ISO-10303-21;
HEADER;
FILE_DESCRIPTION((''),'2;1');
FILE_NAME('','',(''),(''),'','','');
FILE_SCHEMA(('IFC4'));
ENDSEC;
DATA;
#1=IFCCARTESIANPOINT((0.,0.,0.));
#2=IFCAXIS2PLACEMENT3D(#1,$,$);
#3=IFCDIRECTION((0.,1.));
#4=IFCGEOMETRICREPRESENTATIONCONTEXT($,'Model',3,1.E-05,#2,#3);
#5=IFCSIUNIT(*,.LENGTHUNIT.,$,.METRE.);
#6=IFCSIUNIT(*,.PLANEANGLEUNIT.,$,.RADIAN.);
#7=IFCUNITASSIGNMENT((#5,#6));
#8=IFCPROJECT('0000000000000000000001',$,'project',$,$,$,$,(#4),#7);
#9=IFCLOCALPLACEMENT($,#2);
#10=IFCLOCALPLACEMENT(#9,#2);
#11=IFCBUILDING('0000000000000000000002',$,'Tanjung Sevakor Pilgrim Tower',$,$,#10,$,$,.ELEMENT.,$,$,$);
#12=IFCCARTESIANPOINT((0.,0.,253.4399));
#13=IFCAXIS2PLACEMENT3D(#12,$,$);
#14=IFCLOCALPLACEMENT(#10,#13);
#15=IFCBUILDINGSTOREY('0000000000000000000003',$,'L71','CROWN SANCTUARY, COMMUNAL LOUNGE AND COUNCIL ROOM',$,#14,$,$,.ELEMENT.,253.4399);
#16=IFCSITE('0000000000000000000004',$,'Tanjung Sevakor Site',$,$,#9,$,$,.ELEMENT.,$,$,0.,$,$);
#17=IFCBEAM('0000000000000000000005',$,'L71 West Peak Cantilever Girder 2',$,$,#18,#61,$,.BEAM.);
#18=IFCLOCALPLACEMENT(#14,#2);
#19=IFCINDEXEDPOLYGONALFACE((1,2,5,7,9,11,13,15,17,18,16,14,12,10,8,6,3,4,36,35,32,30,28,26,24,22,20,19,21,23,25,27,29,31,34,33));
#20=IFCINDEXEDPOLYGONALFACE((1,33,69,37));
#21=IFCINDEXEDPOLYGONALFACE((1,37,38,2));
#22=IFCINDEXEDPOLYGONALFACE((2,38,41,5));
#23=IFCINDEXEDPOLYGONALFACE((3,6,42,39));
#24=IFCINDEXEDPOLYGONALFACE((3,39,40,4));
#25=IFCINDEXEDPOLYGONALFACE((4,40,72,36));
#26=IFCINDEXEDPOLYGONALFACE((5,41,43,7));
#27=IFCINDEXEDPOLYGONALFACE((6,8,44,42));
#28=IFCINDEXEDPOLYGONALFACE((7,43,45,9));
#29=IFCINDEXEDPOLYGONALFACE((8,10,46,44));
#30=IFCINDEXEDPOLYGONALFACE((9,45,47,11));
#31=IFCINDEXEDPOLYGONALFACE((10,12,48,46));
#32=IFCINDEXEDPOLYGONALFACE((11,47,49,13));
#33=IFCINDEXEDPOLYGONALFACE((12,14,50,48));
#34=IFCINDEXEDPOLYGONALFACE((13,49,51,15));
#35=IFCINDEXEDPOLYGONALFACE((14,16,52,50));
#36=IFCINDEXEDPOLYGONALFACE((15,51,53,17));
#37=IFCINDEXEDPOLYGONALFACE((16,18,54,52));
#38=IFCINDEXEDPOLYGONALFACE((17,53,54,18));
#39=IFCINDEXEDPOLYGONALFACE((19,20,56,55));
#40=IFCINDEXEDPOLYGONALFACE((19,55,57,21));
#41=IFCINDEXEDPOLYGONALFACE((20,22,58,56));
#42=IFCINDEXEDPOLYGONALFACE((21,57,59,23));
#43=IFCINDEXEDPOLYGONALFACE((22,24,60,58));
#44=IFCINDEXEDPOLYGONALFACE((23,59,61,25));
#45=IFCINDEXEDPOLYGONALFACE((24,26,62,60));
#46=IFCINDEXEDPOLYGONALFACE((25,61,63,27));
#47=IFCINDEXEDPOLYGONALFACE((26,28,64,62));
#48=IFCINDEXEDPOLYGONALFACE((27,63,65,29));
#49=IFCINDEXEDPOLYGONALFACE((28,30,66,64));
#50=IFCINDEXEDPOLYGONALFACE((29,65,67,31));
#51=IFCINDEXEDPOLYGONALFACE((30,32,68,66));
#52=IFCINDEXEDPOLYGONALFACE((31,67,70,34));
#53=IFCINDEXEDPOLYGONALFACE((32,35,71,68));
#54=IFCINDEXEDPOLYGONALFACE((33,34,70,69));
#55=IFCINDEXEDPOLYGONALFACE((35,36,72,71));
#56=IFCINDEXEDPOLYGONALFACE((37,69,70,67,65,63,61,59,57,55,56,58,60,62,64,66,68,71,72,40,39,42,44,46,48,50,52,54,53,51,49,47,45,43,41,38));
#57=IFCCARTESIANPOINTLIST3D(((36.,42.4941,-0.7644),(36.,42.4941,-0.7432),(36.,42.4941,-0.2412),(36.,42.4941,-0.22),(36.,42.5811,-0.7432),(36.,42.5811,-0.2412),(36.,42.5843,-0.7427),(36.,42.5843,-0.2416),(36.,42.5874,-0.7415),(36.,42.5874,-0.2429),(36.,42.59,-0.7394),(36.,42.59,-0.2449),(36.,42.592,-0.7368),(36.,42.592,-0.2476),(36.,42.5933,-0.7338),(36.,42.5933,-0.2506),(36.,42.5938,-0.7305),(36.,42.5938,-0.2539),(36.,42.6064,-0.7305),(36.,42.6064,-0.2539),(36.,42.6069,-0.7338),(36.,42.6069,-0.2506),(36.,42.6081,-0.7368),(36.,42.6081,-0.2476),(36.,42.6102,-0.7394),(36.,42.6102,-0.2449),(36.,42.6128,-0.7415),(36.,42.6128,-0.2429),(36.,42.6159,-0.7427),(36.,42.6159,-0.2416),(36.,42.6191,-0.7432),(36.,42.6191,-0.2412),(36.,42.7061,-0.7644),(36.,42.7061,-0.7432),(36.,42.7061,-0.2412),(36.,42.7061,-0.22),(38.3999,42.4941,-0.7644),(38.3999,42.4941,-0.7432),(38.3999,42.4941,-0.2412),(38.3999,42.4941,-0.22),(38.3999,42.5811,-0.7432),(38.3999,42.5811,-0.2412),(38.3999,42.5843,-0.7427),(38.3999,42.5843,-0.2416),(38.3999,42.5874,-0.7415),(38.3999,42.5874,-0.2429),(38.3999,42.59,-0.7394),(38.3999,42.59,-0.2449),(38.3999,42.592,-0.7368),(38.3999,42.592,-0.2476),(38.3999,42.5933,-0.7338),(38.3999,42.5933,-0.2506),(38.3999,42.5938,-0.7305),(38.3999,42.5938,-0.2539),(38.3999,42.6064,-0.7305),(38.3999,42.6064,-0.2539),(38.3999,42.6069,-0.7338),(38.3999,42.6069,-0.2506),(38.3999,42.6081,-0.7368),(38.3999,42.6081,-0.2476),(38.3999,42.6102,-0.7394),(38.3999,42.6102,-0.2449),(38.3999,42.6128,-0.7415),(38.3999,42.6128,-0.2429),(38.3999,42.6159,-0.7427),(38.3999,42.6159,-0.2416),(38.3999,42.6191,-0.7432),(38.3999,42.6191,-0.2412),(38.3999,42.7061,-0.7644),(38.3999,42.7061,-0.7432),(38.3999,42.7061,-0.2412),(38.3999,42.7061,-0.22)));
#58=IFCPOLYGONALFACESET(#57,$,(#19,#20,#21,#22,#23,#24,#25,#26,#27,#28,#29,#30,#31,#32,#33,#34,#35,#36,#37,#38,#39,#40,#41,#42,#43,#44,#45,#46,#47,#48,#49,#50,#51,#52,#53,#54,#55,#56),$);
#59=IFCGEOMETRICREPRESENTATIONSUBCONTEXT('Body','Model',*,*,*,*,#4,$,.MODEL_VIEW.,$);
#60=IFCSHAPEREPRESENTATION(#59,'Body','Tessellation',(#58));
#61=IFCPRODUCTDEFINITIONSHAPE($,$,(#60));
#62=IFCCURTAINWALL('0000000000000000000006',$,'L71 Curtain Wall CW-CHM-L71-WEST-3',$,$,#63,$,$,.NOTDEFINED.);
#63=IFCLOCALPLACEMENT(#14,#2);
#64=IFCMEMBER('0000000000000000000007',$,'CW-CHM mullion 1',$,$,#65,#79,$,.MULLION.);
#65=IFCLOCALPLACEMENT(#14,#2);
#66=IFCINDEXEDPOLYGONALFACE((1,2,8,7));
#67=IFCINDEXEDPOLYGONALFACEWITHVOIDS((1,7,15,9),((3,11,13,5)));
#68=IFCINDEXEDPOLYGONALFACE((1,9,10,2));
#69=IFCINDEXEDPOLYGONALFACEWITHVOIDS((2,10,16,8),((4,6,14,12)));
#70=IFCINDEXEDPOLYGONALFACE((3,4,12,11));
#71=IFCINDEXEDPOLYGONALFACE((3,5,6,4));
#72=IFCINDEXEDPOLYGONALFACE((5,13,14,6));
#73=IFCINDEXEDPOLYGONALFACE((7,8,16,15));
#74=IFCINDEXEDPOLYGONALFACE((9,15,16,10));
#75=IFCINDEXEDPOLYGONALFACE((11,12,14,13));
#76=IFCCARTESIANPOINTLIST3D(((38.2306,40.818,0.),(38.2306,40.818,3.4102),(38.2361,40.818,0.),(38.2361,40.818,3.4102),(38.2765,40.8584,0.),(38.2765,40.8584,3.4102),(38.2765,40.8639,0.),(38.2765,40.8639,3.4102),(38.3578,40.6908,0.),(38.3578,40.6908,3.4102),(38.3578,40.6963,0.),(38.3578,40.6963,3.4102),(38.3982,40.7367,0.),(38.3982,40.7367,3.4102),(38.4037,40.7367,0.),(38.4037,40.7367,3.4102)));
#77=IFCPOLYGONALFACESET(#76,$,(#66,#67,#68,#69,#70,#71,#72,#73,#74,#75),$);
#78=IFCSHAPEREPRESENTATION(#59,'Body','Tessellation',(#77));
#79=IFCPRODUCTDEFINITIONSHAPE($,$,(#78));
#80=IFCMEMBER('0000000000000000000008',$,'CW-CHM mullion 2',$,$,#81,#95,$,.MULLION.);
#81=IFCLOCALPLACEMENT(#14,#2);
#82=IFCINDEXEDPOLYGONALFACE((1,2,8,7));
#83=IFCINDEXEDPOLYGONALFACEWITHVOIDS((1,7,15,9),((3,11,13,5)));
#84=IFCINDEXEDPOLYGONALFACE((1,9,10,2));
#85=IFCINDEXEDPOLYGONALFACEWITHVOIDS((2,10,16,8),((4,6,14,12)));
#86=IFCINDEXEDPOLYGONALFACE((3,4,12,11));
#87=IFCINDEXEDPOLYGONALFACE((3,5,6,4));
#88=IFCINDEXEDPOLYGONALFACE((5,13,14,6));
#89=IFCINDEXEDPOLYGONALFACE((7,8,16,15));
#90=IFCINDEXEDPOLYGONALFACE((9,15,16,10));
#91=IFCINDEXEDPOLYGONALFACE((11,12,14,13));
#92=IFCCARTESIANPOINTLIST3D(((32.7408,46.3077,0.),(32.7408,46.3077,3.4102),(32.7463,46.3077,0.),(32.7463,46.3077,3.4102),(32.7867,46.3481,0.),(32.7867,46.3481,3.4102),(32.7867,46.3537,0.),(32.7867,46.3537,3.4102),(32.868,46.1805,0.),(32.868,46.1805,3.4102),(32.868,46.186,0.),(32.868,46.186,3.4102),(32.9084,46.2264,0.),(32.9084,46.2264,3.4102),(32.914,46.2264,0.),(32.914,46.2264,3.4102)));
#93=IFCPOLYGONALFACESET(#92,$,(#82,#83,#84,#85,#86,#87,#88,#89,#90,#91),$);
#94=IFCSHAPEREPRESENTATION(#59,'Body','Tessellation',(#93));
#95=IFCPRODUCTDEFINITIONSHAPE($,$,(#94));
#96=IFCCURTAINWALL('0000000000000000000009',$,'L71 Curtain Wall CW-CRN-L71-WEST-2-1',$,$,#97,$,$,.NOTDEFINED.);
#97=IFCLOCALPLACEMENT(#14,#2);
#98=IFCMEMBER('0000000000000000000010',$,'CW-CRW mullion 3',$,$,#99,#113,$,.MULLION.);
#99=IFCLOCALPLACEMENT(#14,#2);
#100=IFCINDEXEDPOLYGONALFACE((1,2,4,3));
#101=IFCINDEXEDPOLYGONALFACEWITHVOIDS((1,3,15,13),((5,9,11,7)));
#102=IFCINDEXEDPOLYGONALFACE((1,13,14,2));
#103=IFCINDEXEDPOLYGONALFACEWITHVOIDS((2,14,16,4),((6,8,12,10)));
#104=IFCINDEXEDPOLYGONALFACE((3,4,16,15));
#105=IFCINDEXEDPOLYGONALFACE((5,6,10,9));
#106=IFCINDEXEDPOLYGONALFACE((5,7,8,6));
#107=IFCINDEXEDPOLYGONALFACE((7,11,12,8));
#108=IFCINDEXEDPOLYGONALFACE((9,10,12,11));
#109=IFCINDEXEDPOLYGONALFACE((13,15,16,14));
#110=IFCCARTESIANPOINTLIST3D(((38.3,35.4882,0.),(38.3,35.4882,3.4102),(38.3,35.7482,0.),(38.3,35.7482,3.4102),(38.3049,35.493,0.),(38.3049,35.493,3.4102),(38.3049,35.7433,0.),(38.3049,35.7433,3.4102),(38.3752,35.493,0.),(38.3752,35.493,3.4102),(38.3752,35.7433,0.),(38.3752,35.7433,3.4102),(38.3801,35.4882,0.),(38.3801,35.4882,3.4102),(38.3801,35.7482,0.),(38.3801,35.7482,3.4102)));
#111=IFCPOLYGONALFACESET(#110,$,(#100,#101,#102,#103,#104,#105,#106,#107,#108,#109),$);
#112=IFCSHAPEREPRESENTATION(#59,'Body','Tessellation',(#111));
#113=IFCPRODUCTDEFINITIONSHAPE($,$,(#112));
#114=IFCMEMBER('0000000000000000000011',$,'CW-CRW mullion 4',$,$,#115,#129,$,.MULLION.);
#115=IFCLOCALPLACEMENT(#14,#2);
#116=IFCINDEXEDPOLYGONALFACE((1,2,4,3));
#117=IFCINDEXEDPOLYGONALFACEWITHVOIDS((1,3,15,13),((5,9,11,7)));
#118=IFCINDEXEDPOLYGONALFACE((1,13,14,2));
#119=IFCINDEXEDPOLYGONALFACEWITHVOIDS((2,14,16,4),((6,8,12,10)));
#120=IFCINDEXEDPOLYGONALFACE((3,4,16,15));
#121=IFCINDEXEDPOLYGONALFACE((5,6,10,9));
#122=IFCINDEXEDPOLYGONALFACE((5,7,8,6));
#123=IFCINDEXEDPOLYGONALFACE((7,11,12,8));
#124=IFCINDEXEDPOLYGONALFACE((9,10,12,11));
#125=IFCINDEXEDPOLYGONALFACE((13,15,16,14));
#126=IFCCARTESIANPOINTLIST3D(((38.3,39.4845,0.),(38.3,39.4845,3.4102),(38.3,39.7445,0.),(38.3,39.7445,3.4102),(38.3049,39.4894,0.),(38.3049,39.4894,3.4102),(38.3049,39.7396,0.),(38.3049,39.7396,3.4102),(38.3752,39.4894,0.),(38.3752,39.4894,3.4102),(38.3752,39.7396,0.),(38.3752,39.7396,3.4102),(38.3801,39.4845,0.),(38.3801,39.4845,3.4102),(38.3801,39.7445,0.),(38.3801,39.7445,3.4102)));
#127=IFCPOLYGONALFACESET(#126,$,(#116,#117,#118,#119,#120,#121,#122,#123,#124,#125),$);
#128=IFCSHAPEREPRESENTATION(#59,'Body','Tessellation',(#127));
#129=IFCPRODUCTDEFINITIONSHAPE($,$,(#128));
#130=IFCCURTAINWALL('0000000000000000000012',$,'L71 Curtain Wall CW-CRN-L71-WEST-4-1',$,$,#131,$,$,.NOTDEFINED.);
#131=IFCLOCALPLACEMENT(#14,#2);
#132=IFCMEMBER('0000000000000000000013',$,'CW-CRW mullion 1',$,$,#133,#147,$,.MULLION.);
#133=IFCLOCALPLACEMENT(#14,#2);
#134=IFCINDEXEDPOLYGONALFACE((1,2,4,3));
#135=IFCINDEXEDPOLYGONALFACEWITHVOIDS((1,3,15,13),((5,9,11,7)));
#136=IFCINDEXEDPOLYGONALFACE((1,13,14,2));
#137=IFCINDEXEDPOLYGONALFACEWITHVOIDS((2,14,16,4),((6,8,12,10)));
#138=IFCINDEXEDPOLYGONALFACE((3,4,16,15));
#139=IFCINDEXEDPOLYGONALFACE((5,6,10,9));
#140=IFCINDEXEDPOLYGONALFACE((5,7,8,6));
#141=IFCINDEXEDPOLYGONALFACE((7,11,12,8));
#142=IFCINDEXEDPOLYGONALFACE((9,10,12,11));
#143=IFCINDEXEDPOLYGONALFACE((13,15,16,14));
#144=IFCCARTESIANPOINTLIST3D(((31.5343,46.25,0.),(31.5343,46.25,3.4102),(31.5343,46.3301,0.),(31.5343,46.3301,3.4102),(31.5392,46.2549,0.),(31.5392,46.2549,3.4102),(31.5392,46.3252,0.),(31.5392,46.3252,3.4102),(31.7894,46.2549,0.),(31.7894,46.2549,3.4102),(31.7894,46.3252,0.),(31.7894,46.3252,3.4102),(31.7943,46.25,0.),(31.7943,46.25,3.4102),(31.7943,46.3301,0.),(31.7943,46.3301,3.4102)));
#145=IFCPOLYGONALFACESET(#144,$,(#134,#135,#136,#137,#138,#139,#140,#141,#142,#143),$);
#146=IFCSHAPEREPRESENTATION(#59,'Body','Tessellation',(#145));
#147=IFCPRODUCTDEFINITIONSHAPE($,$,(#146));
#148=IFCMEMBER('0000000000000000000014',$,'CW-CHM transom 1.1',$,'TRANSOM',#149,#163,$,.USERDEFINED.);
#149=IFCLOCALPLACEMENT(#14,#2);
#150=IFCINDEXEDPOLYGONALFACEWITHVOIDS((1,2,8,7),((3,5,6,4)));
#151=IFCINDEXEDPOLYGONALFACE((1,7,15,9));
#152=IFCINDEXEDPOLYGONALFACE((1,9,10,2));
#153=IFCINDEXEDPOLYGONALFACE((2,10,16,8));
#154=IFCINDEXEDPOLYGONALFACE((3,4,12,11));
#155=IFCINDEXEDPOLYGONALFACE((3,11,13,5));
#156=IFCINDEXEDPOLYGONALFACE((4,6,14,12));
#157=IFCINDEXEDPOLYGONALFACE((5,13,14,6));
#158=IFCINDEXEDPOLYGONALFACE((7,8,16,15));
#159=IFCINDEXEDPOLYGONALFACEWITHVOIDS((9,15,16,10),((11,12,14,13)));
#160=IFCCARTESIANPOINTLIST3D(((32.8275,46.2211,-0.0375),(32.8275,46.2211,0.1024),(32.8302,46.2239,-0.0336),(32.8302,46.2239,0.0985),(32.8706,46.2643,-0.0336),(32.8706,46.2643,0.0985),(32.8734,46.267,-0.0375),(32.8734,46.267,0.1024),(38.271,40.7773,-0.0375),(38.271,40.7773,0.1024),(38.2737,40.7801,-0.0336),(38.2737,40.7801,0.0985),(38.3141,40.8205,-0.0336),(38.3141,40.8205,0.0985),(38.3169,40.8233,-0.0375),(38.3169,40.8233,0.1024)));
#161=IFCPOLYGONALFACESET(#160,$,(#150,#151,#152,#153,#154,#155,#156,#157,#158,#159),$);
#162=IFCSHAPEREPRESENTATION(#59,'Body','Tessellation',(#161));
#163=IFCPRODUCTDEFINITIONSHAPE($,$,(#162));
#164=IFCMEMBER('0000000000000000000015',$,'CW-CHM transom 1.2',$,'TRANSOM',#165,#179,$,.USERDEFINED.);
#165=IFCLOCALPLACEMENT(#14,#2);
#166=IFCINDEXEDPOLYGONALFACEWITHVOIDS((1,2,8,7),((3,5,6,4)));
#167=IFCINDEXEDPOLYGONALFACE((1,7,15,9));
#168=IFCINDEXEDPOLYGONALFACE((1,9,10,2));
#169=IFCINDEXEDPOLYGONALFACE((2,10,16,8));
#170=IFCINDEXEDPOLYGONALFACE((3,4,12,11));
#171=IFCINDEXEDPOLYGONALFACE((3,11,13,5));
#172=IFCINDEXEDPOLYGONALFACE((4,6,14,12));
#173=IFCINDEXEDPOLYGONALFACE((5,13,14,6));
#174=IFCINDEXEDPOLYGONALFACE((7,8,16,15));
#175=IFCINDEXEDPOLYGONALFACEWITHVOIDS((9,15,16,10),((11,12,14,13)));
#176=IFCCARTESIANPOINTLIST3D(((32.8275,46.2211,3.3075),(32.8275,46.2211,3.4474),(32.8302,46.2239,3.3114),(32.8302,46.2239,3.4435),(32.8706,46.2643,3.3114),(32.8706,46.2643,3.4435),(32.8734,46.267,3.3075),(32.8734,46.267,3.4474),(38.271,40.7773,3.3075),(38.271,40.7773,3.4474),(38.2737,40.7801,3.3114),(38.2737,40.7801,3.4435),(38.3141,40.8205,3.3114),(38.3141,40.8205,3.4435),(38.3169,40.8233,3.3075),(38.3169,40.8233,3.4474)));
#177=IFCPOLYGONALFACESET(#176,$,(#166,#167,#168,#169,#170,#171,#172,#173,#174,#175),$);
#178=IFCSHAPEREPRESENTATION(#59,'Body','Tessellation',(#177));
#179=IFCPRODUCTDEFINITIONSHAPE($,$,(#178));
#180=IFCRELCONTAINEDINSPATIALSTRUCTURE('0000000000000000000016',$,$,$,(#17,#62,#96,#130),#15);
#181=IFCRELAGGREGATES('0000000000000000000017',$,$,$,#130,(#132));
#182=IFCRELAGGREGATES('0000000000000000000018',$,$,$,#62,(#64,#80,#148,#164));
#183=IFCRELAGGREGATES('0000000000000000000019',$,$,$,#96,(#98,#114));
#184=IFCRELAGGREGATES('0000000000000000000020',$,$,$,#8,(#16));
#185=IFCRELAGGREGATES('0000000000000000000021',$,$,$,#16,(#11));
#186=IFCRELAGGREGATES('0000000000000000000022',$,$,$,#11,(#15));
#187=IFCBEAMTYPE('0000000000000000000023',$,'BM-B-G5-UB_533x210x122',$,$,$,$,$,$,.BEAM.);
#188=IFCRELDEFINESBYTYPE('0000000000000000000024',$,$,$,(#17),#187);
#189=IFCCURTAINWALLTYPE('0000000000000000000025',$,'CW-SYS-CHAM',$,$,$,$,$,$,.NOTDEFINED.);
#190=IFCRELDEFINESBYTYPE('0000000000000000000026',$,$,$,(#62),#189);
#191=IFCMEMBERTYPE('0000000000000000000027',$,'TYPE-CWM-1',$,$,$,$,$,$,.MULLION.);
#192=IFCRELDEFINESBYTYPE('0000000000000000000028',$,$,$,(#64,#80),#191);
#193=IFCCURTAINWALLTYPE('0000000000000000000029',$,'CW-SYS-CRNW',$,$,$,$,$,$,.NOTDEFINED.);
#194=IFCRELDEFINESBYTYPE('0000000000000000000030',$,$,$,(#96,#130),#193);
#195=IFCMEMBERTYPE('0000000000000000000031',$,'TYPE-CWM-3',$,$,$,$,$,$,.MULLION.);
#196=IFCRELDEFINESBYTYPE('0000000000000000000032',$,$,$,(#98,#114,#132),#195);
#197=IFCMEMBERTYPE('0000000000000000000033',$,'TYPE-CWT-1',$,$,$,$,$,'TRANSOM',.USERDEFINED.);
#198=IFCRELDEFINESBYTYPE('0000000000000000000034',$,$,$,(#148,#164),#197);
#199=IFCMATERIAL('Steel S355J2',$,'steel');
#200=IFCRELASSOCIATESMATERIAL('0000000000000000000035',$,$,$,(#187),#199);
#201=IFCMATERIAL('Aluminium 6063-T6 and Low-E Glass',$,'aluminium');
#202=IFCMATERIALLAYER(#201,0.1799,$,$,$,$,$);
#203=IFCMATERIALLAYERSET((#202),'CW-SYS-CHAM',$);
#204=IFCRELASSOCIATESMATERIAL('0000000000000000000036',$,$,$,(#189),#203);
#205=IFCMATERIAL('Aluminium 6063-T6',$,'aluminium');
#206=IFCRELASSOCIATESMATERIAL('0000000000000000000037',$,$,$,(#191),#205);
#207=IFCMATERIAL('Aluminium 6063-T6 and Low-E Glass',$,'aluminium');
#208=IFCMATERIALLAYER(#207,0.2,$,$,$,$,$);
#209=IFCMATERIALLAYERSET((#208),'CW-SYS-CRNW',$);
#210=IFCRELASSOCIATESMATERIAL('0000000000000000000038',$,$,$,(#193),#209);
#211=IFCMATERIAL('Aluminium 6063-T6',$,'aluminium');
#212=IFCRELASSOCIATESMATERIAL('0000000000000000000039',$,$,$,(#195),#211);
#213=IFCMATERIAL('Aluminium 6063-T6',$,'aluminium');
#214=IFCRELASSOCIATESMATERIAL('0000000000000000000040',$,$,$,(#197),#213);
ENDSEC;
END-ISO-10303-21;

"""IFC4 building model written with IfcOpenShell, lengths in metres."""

from ifc_helpers import new_model, si_unit, direction, frame, origin, origin_2d, place, context, subcontext, project, spatial, hollow_rectangle, i_section, extrude, material, layer, layer_set, material_profile, profile_set, type_object, element, aggregate, save


model = new_model("IFC4")

# Units and contexts
model_context = context("Model", 3, precision=1e-05, world=origin(), true_north=direction((0.0, 1.0)))
body_context = subcontext(model_context, "Body", "Model", "MODEL_VIEW")
ifc_project = project(units=[si_unit("LENGTHUNIT", "METRE"), si_unit("PLANEANGLEUNIT", "RADIAN")], contexts=[model_context])

# Site, building, storey
site_placement = place(None, origin())
site = spatial("IfcSite", under=ifc_project, at=site_placement, Name="Tanjung Sevakor Site", CompositionType="ELEMENT", RefElevation=0.0)
building_placement = place(site_placement, origin())
building = spatial("IfcBuilding", under=site, at=building_placement, Name="Tanjung Sevakor Pilgrim Tower", CompositionType="ELEMENT")
storey_placement = place(building_placement, frame((0.0, 0.0, 253.4399)))
storey = spatial("IfcBuildingStorey", under=building, at=storey_placement, Name="L71", Description="CROWN SANCTUARY, COMMUNAL LOUNGE AND COUNCIL ROOM", CompositionType="ELEMENT", Elevation=253.4399)

# Beam
ifc_material_1 = material(Name="Steel S355J2", Category="steel")
ifc_material_profile_1 = material_profile(ifc_material_1, i_section(OverallWidth=0.2119, OverallDepth=0.5444, WebThickness=0.0127, FlangeThickness=0.0212, FilletRadius=0.0127, at=origin_2d()))
ifc_profile_set_1 = profile_set([ifc_material_profile_1], Name="Steel S355J2")
beam_type = type_object("IfcBeamType", Name="BM-B-G5-UB_533x210x122", PredefinedType="BEAM", material=ifc_profile_set_1)
beam_placement = place(storey_placement, frame((36.0, 42.6001, -0.4922), z_axis=(1.0, 0.0, 0.0), x_axis=(0.0, 1.0, 0.0)))
element("IfcBeam", 1, at=beam_placement, inside=storey, type_object=beam_type, Name="L71 West Peak Cantilever Girder 2", PredefinedType="BEAM", context=body_context, shape_type="SweptSolid", body=[
    extrude(i_section(OverallWidth=0.2119, OverallDepth=0.5444, WebThickness=0.0127, FlangeThickness=0.0212, FilletRadius=0.0127, at=origin_2d()), origin(), (0.0, 0.0, 1.0), 2.3999),
])

# Curtain walls, members
ifc_material_2 = material(Name="Aluminium 6063-T6 and Low-E Glass", Category="aluminium")
ifc_layer_1 = layer(ifc_material_2, 0.1799)
ifc_layer_set_1 = layer_set([ifc_layer_1], Name="CW-SYS-CHAM")
curtain_wall_type_1 = type_object("IfcCurtainWallType", Name="CW-SYS-CHAM", PredefinedType="NOTDEFINED", material=ifc_layer_set_1)
curtain_wall_1_placement = place(storey_placement, origin())
curtain_wall_1 = element("IfcCurtainWall", 2, at=curtain_wall_1_placement, inside=storey, type_object=curtain_wall_type_1, Name="L71 Curtain Wall CW-CHM-L71-WEST-3", PredefinedType="NOTDEFINED")
ifc_material_3 = material(Name="Aluminium 6063-T6", Category="aluminium")
ifc_material_profile_2 = material_profile(ifc_material_3, hollow_rectangle(XDim=0.0649, YDim=0.1799, WallThickness=0.0039, at=origin_2d()))
ifc_profile_set_2 = profile_set([ifc_material_profile_2], Name="Aluminium 6063-T6")
member_type_1 = type_object("IfcMemberType", Name="TYPE-CWM-1", PredefinedType="MULLION", material=ifc_profile_set_2)
member_1_placement = place(storey_placement, frame((38.3171, 40.7773, 0.0), z_axis=(0.0, 0.0, 1.0), x_axis=(-0.707107, -0.707107, 0.0)))
member_1 = element("IfcMember", 3, at=member_1_placement, type_object=member_type_1, Name="CW-CHM mullion 1", PredefinedType="MULLION", context=body_context, shape_type="SweptSolid", body=[
    extrude(hollow_rectangle(XDim=0.0649, YDim=0.1799, WallThickness=0.0039, at=origin_2d()), origin(), (0.0, 0.0, 1.0), 3.4102),
])
member_2_placement = place(storey_placement, frame((32.8274, 46.2671, 0.0), z_axis=(0.0, 0.0, 1.0), x_axis=(-0.707107, -0.707107, 0.0)))
member_2 = element("IfcMember", 4, at=member_2_placement, type_object=member_type_1, Name="CW-CHM mullion 2", PredefinedType="MULLION", context=body_context, shape_type="SweptSolid", body=[
    extrude(hollow_rectangle(XDim=0.0649, YDim=0.1799, WallThickness=0.0039, at=origin_2d()), origin(), (0.0, 0.0, 1.0), 3.4102),
])
ifc_material_4 = material(Name="Aluminium 6063-T6 and Low-E Glass", Category="aluminium")
ifc_layer_2 = layer(ifc_material_4, 0.2)
ifc_layer_set_2 = layer_set([ifc_layer_2], Name="CW-SYS-CRNW")
curtain_wall_type_2 = type_object("IfcCurtainWallType", Name="CW-SYS-CRNW", PredefinedType="NOTDEFINED", material=ifc_layer_set_2)
curtain_wall_2_placement = place(storey_placement, origin())
curtain_wall_2 = element("IfcCurtainWall", 5, at=curtain_wall_2_placement, inside=storey, type_object=curtain_wall_type_2, Name="L71 Curtain Wall CW-CRN-L71-WEST-2-1", PredefinedType="NOTDEFINED")
ifc_material_5 = material(Name="Aluminium 6063-T6", Category="aluminium")
ifc_material_profile_3 = material_profile(ifc_material_5, hollow_rectangle(XDim=0.0801, YDim=0.26, WallThickness=0.0049, at=origin_2d()))
ifc_profile_set_3 = profile_set([ifc_material_profile_3], Name="Aluminium 6063-T6")
member_type_2 = type_object("IfcMemberType", Name="TYPE-CWM-3", PredefinedType="MULLION", material=ifc_profile_set_3)
member_3_placement = place(storey_placement, frame((38.3401, 35.6182, 0.0), z_axis=(0.0, 0.0, 1.0), x_axis=(-1.0, 0.0, 0.0)))
member_3 = element("IfcMember", 6, at=member_3_placement, type_object=member_type_2, Name="CW-CRW mullion 3", PredefinedType="MULLION", context=body_context, shape_type="SweptSolid", body=[
    extrude(hollow_rectangle(XDim=0.0801, YDim=0.26, WallThickness=0.0049, at=origin_2d()), origin(), (0.0, 0.0, 1.0), 3.4102),
])
member_4_placement = place(storey_placement, frame((38.3401, 39.6145, 0.0), z_axis=(0.0, 0.0, 1.0), x_axis=(-1.0, 0.0, 0.0)))
member_4 = element("IfcMember", 7, at=member_4_placement, type_object=member_type_2, Name="CW-CRW mullion 4", PredefinedType="MULLION", context=body_context, shape_type="SweptSolid", body=[
    extrude(hollow_rectangle(XDim=0.0801, YDim=0.26, WallThickness=0.0049, at=origin_2d()), origin(), (0.0, 0.0, 1.0), 3.4102),
])

# Curtain wall, member
curtain_wall_3_placement = place(storey_placement, origin())
curtain_wall_3 = element("IfcCurtainWall", 8, at=curtain_wall_3_placement, inside=storey, type_object=curtain_wall_type_2, Name="L71 Curtain Wall CW-CRN-L71-WEST-4-1", PredefinedType="NOTDEFINED")
member_5_placement = place(storey_placement, frame((31.6643, 46.29, 0.0), z_axis=(0.0, 0.0, 1.0), x_axis=(0.0, -1.0, 0.0)))
member_5 = element("IfcMember", 9, at=member_5_placement, type_object=member_type_2, Name="CW-CRW mullion 1", PredefinedType="MULLION", context=body_context, shape_type="SweptSolid", body=[
    extrude(hollow_rectangle(XDim=0.0801, YDim=0.26, WallThickness=0.0049, at=origin_2d()), origin(), (0.0, 0.0, 1.0), 3.4102),
])

# Members
ifc_material_6 = material(Name="Aluminium 6063-T6", Category="aluminium")
ifc_material_profile_4 = material_profile(ifc_material_6, hollow_rectangle(XDim=0.0649, YDim=0.1399, WallThickness=0.0039, at=origin_2d()))
ifc_profile_set_4 = profile_set([ifc_material_profile_4], Name="Aluminium 6063-T6")
member_type_3 = type_object("IfcMemberType", Name="TYPE-CWT-1", ElementType="TRANSOM", PredefinedType="USERDEFINED", material=ifc_profile_set_4)
member_6_placement = place(storey_placement, frame((38.2939, 40.8003, 0.0325), z_axis=(-0.707091, 0.707123, 0.0), x_axis=(-0.707123, -0.707091, 0.0)))
member_6 = element("IfcMember", 10, at=member_6_placement, type_object=member_type_3, Name="CW-CHM transom 1.1", ObjectType="TRANSOM", PredefinedType="USERDEFINED", context=body_context, shape_type="SweptSolid", body=[
    extrude(hollow_rectangle(XDim=0.0649, YDim=0.1399, WallThickness=0.0039, at=origin_2d()), origin(), (0.0, 0.0, 1.0), 7.6985),
])
member_7_placement = place(storey_placement, frame((38.2939, 40.8003, 3.3774), z_axis=(-0.707091, 0.707123, 0.0), x_axis=(-0.707123, -0.707091, 0.0)))
member_7 = element("IfcMember", 11, at=member_7_placement, type_object=member_type_3, Name="CW-CHM transom 1.2", ObjectType="TRANSOM", PredefinedType="USERDEFINED", context=body_context, shape_type="SweptSolid", body=[
    extrude(hollow_rectangle(XDim=0.0649, YDim=0.1399, WallThickness=0.0039, at=origin_2d()), origin(), (0.0, 0.0, 1.0), 7.6985),
])
aggregate(curtain_wall_3, [member_5])

aggregate(curtain_wall_1, [member_1, member_2, member_6, member_7])
aggregate(curtain_wall_2, [member_3, member_4])

save(model, "model.ifc")
